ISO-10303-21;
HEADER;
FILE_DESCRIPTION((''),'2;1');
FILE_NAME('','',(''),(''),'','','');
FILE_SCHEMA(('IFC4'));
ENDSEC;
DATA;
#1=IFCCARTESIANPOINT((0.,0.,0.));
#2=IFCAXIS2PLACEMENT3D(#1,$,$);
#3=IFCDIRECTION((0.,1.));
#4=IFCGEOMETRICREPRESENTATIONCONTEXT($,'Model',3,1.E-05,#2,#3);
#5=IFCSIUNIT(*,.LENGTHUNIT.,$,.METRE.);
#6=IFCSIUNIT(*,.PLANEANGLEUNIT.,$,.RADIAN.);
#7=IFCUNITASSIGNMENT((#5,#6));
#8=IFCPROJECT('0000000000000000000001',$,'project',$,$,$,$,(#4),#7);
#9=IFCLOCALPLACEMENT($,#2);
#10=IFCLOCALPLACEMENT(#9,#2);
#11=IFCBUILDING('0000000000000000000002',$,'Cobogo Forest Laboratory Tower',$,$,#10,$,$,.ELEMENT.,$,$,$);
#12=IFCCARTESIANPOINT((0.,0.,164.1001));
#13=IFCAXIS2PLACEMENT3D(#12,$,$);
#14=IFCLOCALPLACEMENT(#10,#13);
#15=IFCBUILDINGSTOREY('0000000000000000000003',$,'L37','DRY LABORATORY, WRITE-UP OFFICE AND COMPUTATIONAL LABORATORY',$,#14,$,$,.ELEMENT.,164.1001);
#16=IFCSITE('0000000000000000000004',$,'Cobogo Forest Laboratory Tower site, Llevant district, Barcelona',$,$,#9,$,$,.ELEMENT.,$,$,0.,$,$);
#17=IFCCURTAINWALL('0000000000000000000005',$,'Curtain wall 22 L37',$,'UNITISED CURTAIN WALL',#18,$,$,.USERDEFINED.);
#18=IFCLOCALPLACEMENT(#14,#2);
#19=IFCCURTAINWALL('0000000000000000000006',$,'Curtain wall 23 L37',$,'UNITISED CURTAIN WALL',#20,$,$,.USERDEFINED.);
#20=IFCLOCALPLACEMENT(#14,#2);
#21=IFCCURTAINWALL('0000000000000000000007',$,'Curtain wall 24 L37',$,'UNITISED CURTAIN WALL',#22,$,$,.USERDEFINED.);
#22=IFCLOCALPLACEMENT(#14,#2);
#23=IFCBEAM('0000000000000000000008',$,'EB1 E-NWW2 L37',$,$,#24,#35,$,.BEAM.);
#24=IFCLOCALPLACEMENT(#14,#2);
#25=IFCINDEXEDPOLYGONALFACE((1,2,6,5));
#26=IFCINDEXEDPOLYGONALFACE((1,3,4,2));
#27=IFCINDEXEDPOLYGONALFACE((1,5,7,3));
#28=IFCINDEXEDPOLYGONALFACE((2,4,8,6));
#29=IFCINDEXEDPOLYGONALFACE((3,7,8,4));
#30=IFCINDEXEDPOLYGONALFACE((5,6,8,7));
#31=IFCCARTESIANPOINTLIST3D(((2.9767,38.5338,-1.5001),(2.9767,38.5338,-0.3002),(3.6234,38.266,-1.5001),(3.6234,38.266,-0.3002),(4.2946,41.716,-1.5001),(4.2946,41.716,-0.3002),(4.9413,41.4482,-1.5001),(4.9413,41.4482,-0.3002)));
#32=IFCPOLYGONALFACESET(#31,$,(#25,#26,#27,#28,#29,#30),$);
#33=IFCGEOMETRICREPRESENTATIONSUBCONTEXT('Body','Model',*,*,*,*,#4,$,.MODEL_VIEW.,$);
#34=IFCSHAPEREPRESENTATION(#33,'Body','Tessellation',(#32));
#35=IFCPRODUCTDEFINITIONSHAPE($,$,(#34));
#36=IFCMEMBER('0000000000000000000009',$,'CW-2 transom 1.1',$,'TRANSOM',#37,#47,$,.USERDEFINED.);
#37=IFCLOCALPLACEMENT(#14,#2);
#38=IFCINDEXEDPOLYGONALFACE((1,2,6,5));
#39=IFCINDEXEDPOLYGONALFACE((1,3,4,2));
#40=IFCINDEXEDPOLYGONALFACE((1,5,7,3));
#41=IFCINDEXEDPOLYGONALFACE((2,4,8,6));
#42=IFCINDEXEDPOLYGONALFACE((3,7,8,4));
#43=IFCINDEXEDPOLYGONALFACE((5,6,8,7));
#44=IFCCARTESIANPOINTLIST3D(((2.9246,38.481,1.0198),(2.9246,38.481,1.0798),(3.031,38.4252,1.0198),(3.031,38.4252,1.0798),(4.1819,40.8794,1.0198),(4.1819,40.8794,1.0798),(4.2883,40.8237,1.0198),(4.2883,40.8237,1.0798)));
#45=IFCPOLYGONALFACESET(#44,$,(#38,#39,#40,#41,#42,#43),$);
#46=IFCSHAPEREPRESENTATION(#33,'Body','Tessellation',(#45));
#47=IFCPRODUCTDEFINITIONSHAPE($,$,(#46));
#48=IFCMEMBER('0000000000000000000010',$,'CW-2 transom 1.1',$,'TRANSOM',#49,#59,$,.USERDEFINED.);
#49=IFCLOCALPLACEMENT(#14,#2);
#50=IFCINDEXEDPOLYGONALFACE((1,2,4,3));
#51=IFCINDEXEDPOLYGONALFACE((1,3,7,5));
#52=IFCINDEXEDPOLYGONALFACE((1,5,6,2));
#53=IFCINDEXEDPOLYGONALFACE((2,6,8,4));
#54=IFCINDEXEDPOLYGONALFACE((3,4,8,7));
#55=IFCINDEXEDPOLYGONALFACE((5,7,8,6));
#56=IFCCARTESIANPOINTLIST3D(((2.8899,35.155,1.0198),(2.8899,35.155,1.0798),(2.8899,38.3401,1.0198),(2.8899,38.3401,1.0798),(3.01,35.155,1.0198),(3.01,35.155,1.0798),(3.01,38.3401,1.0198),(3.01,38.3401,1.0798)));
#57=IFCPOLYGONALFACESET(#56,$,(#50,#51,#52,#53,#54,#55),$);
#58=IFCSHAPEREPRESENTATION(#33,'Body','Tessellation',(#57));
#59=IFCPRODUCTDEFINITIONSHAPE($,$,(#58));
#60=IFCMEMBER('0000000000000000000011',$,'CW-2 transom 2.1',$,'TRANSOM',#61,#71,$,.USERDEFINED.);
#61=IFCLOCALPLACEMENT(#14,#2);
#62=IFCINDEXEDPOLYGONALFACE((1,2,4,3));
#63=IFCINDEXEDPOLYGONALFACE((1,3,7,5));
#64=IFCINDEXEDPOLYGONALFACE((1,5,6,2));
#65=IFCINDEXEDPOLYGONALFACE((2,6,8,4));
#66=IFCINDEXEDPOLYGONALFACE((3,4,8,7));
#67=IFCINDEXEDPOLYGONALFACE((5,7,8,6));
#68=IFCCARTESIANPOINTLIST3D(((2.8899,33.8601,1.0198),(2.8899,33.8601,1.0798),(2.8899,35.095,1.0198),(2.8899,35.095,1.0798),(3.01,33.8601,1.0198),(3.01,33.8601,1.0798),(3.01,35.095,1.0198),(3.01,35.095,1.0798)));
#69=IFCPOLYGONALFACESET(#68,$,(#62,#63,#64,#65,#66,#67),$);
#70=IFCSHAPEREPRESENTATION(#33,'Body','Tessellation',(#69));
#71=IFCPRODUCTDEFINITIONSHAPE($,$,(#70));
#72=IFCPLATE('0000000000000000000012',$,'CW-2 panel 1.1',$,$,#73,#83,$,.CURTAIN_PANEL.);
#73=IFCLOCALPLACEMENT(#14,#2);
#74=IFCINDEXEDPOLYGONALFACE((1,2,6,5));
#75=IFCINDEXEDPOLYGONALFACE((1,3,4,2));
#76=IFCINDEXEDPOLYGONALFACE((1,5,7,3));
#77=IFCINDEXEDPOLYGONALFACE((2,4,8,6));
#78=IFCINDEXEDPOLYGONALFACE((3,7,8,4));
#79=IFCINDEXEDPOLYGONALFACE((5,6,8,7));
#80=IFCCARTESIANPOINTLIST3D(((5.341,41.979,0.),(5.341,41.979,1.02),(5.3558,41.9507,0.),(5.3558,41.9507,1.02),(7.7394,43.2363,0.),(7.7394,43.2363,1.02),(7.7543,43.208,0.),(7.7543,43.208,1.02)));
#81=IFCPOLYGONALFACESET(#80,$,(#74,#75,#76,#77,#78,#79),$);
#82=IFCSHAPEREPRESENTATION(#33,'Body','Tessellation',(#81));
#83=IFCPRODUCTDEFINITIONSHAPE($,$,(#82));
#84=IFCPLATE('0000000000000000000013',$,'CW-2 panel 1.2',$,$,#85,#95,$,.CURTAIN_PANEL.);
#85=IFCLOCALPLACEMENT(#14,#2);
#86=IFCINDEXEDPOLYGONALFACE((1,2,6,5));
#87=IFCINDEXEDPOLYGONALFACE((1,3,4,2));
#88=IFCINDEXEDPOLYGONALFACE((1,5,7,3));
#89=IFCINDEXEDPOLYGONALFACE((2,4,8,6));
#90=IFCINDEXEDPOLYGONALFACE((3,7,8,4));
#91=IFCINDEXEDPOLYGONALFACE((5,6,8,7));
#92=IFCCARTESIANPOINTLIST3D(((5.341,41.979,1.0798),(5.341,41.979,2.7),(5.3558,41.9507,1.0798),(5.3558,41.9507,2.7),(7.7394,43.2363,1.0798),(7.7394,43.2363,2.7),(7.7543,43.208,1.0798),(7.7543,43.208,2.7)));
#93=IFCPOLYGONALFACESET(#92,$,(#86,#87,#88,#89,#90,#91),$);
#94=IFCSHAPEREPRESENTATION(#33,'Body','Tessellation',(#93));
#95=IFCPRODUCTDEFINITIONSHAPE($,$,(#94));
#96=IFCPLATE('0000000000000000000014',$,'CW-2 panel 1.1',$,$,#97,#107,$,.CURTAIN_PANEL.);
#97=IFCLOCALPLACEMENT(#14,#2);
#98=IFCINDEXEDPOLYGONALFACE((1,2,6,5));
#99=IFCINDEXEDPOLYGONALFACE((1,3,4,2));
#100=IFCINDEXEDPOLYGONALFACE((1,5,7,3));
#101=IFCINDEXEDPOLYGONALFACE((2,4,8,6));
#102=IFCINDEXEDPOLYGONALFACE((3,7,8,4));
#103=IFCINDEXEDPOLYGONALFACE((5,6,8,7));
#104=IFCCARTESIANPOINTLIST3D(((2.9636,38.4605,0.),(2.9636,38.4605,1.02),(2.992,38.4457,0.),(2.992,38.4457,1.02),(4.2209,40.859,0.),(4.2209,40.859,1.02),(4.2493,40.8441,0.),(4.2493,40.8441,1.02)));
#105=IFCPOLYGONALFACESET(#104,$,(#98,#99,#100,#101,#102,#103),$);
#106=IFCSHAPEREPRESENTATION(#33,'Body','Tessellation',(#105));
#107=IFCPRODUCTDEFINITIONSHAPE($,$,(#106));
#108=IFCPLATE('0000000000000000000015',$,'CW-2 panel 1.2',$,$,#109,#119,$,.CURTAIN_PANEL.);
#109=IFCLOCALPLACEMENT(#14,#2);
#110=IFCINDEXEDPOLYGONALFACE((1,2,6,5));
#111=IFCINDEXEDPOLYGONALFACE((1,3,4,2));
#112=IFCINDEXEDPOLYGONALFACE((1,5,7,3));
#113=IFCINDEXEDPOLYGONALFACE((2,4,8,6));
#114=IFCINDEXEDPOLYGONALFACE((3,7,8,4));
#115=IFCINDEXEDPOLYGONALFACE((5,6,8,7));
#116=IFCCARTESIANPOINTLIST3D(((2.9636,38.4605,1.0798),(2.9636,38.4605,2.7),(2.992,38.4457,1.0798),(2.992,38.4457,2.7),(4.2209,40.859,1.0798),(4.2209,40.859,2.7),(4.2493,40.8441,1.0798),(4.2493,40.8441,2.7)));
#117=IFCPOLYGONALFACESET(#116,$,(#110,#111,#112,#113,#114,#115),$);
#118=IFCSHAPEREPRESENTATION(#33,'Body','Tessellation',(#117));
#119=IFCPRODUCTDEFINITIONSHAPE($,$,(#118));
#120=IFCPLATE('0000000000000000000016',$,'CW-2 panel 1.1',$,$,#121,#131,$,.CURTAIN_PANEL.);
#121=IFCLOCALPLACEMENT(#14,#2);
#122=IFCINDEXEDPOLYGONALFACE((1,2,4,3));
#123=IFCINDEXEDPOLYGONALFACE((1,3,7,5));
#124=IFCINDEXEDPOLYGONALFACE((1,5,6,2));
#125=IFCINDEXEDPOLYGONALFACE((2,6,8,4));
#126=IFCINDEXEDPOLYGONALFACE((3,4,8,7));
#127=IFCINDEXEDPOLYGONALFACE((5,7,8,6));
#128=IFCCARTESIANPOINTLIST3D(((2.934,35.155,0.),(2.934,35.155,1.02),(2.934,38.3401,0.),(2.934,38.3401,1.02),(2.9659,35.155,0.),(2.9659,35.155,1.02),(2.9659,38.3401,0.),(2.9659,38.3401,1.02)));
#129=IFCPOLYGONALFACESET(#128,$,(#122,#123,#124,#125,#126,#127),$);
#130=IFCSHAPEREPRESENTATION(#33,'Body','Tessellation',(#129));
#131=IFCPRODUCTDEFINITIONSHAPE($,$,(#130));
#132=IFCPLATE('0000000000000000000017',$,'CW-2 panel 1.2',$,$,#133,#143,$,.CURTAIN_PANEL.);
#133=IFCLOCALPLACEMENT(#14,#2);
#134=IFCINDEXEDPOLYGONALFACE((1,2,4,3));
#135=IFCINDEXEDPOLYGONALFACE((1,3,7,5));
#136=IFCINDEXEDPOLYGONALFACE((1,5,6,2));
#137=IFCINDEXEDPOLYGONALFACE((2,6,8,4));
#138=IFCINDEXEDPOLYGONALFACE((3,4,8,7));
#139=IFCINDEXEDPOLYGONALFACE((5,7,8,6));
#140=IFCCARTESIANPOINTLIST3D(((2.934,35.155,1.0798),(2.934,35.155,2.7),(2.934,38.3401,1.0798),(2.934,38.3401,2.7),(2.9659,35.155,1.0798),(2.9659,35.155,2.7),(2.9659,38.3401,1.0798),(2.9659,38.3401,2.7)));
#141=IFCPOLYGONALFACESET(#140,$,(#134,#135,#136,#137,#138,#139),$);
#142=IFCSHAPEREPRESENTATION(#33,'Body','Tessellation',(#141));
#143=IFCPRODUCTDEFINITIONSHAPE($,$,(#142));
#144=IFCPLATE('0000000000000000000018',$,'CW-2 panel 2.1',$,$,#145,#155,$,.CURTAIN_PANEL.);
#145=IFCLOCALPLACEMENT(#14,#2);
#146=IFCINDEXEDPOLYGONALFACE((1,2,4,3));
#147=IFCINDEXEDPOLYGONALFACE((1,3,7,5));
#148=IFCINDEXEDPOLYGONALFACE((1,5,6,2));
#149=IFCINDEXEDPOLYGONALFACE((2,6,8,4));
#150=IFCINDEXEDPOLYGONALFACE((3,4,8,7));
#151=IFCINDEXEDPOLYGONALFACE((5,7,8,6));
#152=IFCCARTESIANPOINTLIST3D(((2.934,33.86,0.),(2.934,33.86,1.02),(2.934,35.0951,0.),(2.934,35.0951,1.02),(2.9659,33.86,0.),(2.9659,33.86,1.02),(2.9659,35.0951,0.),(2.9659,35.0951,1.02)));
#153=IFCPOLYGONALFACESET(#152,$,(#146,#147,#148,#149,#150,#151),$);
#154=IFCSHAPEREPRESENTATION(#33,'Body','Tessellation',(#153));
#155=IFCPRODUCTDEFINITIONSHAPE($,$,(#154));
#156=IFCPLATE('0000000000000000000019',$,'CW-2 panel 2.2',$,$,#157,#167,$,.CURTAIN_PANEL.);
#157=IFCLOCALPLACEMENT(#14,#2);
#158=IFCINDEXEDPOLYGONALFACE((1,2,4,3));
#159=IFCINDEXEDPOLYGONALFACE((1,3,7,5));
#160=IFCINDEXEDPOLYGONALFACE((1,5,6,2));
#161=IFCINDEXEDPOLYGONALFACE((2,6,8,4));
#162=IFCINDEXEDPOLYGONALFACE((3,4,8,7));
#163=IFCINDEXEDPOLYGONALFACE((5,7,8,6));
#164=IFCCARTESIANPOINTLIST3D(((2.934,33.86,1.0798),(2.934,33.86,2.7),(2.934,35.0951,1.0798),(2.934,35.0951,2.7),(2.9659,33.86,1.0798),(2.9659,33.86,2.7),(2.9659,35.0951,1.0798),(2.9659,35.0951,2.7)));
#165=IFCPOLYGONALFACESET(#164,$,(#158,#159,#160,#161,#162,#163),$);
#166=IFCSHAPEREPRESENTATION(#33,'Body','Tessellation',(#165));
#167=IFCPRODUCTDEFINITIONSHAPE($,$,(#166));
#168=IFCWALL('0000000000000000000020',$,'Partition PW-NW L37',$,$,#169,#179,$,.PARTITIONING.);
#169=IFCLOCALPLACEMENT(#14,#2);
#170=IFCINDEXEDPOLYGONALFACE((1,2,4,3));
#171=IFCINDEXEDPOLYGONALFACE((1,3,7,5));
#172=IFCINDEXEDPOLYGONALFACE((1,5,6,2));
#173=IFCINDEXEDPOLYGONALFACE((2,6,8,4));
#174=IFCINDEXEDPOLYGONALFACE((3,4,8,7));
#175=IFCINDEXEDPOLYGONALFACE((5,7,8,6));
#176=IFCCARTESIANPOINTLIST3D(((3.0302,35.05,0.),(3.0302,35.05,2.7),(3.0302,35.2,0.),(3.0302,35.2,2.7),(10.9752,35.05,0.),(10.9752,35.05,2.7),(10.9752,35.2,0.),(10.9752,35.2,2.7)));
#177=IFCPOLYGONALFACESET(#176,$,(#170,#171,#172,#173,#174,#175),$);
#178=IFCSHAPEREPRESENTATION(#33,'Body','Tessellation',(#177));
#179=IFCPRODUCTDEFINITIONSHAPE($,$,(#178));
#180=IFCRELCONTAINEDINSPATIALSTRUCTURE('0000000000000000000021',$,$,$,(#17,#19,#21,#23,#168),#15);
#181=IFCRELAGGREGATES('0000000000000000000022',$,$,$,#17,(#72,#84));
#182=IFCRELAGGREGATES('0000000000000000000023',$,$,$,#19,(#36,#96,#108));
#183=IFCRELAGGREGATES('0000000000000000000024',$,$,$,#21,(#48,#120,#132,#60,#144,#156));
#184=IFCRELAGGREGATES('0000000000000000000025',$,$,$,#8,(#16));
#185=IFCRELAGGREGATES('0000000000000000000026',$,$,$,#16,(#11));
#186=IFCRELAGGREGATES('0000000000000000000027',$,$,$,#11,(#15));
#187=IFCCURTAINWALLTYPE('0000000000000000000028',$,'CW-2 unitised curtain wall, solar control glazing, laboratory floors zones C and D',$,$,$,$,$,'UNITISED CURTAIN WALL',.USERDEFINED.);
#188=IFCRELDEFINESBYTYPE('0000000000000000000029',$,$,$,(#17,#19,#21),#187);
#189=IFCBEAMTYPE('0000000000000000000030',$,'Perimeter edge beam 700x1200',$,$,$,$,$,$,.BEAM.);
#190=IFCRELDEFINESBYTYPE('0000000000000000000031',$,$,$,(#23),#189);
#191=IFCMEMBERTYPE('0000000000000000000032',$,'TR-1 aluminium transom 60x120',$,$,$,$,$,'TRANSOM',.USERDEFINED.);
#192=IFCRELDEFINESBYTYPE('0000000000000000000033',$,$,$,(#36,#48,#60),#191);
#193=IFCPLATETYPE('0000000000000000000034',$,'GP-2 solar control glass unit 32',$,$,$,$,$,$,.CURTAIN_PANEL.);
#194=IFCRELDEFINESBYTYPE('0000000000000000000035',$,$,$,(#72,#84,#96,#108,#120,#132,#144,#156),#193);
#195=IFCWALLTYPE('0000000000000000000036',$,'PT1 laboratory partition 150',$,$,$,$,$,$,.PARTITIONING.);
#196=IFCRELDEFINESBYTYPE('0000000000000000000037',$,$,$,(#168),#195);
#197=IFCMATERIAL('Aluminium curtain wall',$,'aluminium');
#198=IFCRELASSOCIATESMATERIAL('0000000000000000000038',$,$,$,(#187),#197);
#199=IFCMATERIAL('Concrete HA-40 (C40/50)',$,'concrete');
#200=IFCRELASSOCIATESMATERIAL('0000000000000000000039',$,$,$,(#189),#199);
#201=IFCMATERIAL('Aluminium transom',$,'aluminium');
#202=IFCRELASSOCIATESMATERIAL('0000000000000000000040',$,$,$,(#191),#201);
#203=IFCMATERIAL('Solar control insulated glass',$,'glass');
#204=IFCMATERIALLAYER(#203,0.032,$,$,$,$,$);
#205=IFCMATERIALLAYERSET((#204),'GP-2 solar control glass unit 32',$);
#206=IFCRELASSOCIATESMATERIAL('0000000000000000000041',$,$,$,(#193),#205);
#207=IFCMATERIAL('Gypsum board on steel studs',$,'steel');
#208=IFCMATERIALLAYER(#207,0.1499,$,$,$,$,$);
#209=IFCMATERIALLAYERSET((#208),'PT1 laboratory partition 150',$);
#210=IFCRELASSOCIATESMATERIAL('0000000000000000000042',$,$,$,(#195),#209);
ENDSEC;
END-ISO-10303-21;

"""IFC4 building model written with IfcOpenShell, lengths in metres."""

from ifc_helpers import new_model, si_unit, direction, frame, frame_2d, origin, origin_2d, place, context, subcontext, project, spatial, rectangle, extrude, material, layer, layer_set, material_profile, profile_set, type_object, element, aggregate, save


model = new_model("IFC4")

# Units and contexts
model_context = context("Model", 3, precision=1e-05, world=origin(), true_north=direction((0.0, 1.0)))
body_context = subcontext(model_context, "Body", "Model", "MODEL_VIEW")
ifc_project = project(units=[si_unit("LENGTHUNIT", "METRE"), si_unit("PLANEANGLEUNIT", "RADIAN")], contexts=[model_context])

# Site, building, storey
site_placement = place(None, origin())
site = spatial("IfcSite", under=ifc_project, at=site_placement, Name="Cobogo Forest Laboratory Tower site, Llevant district, Barcelona", CompositionType="ELEMENT", RefElevation=0.0)
building_placement = place(site_placement, origin())
building = spatial("IfcBuilding", under=site, at=building_placement, Name="Cobogo Forest Laboratory Tower", CompositionType="ELEMENT")
storey_placement = place(building_placement, frame((0.0, 0.0, 164.1001)))
storey = spatial("IfcBuildingStorey", under=building, at=storey_placement, Name="L37", Description="DRY LABORATORY, WRITE-UP OFFICE AND COMPUTATIONAL LABORATORY", CompositionType="ELEMENT", Elevation=164.1001)

# Shared definitions
ifc_material_1 = material(Name="Concrete HA-40 (C40/50)", Category="concrete")

# Curtain wall
ifc_material_2 = material(Name="Aluminium curtain wall", Category="aluminium")
curtain_wall_type = type_object("IfcCurtainWallType", Name="CW-2 unitised curtain wall, solar control glazing, laboratory floors zones C and D", ElementType="UNITISED CURTAIN WALL", PredefinedType="USERDEFINED", material=ifc_material_2)
curtain_wall_1_placement = place(storey_placement, origin())
curtain_wall_1 = element("IfcCurtainWall", 1, at=curtain_wall_1_placement, inside=storey, type_object=curtain_wall_type, Name="Curtain wall 22 L37", ObjectType="UNITISED CURTAIN WALL", PredefinedType="USERDEFINED")

# Curtain walls
curtain_wall_2_placement = place(storey_placement, origin())
curtain_wall_2 = element("IfcCurtainWall", 2, at=curtain_wall_2_placement, inside=storey, type_object=curtain_wall_type, Name="Curtain wall 23 L37", ObjectType="UNITISED CURTAIN WALL", PredefinedType="USERDEFINED")
curtain_wall_3_placement = place(storey_placement, origin())
curtain_wall_3 = element("IfcCurtainWall", 3, at=curtain_wall_3_placement, inside=storey, type_object=curtain_wall_type, Name="Curtain wall 24 L37", ObjectType="UNITISED CURTAIN WALL", PredefinedType="USERDEFINED")

# Beam
ifc_material_profile_1 = material_profile(ifc_material_1, rectangle(XDim=0.7, YDim=1.2, at=origin_2d()), Name="RC 700x1200")
ifc_profile_set_1 = profile_set([ifc_material_profile_1], Name="Concrete HA-40 (C40/50)")
beam_type_1 = type_object("IfcBeamType", Name="Perimeter edge beam 700x1200", PredefinedType="BEAM", material=ifc_profile_set_1)
beam_1_placement = place(storey_placement, frame((3.3, 38.3999, -0.9001), z_axis=(0.382631, 0.923901, 0.0), x_axis=(-0.923901, 0.382631, 0.0)))
element("IfcBeam", 4, at=beam_1_placement, inside=storey, type_object=beam_type_1, Name="EB1 E-NWW2 L37", PredefinedType="BEAM", context=body_context, shape_type="SweptSolid", body=[
    extrude(rectangle(XDim=0.7, YDim=1.2, at=origin_2d()), origin(), (0.0, 0.0, 1.0), 3.4443),
])

# Members
ifc_material_3 = material(Name="Aluminium transom", Category="aluminium")
ifc_material_profile_2 = material_profile(ifc_material_3, rectangle(XDim=0.1201, YDim=0.0601, at=origin_2d()), Name="AL 60x120")
ifc_profile_set_2 = profile_set([ifc_material_profile_2], Name="Aluminium transom")
member_type_1 = type_object("IfcMemberType", Name="TR-1 aluminium transom 60x120", ElementType="TRANSOM", PredefinedType="USERDEFINED", material=ifc_profile_set_2)
member_1_placement = place(storey_placement, frame((4.2351, 40.8516, 1.0498), z_axis=(-0.464297, -0.88568, 0.0), x_axis=(0.88568, -0.464297, 0.0)))
member_1 = element("IfcMember", 5, at=member_1_placement, type_object=member_type_1, Name="CW-2 transom 1.1", ObjectType="TRANSOM", PredefinedType="USERDEFINED", context=body_context, shape_type="SweptSolid", body=[
    extrude(rectangle(XDim=0.1201, YDim=0.0601, at=origin_2d()), origin(), (0.0, 0.0, 1.0), 2.708),
])
member_2_placement = place(storey_placement, frame((2.95, 38.3401, 1.0498), z_axis=(0.0, -1.0, 0.0), x_axis=(1.0, 0.0, 0.0)))
member_2 = element("IfcMember", 6, at=member_2_placement, type_object=member_type_1, Name="CW-2 transom 1.1", ObjectType="TRANSOM", PredefinedType="USERDEFINED", context=body_context, shape_type="SweptSolid", body=[
    extrude(rectangle(XDim=0.1201, YDim=0.0601, at=origin_2d()), origin(), (0.0, 0.0, 1.0), 3.1851),
])
member_3_placement = place(storey_placement, frame((2.95, 35.095, 1.0498), z_axis=(0.0, -1.0, 0.0), x_axis=(1.0, 0.0, 0.0)))
member_3 = element("IfcMember", 7, at=member_3_placement, type_object=member_type_1, Name="CW-2 transom 2.1", ObjectType="TRANSOM", PredefinedType="USERDEFINED", context=body_context, shape_type="SweptSolid", body=[
    extrude(rectangle(XDim=0.1201, YDim=0.0601, at=origin_2d()), origin(), (0.0, 0.0, 1.0), 1.2349),
])

# Plates
ifc_material_4 = material(Name="Solar control insulated glass", Category="glass")
ifc_layer_1 = layer(ifc_material_4, 0.032)
ifc_layer_set_1 = layer_set([ifc_layer_1], Name="GP-2 solar control glass unit 32")
plate_type = type_object("IfcPlateType", Name="GP-2 solar control glass unit 32", PredefinedType="CURTAIN_PANEL", material=ifc_layer_set_1)
plate_1_placement = place(storey_placement, frame((6.5476, 42.5935, 0.0), z_axis=(0.0, 0.0, 1.0), x_axis=(-0.885686, -0.464284, 0.0)))
plate_1 = element("IfcPlate", 8, at=plate_1_placement, type_object=plate_type, Name="CW-2 panel 1.1", PredefinedType="CURTAIN_PANEL", context=body_context, shape_type="SweptSolid", body=[
    extrude(rectangle(XDim=2.708, YDim=0.032, at=origin_2d()), origin(), (0.0, 0.0, 1.0), 1.02),
])
plate_2_placement = place(storey_placement, frame((6.5476, 42.5935, 1.0798), z_axis=(0.0, 0.0, 1.0), x_axis=(-0.885686, -0.464284, 0.0)))
plate_2 = element("IfcPlate", 9, at=plate_2_placement, type_object=plate_type, Name="CW-2 panel 1.2", PredefinedType="CURTAIN_PANEL", context=body_context, shape_type="SweptSolid", body=[
    extrude(rectangle(XDim=2.708, YDim=0.032, at=origin_2d()), origin(), (0.0, 0.0, 1.0), 1.6201),
])
aggregate(curtain_wall_1, [plate_1, plate_2])
plate_3_placement = place(storey_placement, frame((3.6064, 39.6523, 0.0), z_axis=(0.0, 0.0, 1.0), x_axis=(-0.464284, -0.885686, 0.0)))
plate_3 = element("IfcPlate", 10, at=plate_3_placement, type_object=plate_type, Name="CW-2 panel 1.1", PredefinedType="CURTAIN_PANEL", context=body_context, shape_type="SweptSolid", body=[
    extrude(rectangle(XDim=2.708, YDim=0.032, at=origin_2d()), origin(), (0.0, 0.0, 1.0), 1.02),
])
plate_4_placement = place(storey_placement, frame((3.6064, 39.6523, 1.0798), z_axis=(0.0, 0.0, 1.0), x_axis=(-0.464284, -0.885686, 0.0)))
plate_4 = element("IfcPlate", 11, at=plate_4_placement, type_object=plate_type, Name="CW-2 panel 1.2", PredefinedType="CURTAIN_PANEL", context=body_context, shape_type="SweptSolid", body=[
    extrude(rectangle(XDim=2.708, YDim=0.032, at=origin_2d()), origin(), (0.0, 0.0, 1.0), 1.6201),
])
aggregate(curtain_wall_2, [member_1, plate_3, plate_4])
plate_5_placement = place(storey_placement, frame((2.95, 36.7476, 0.0), z_axis=(0.0, 0.0, 1.0), x_axis=(0.0, -1.0, 0.0)))
plate_5 = element("IfcPlate", 12, at=plate_5_placement, type_object=plate_type, Name="CW-2 panel 1.1", PredefinedType="CURTAIN_PANEL", context=body_context, shape_type="SweptSolid", body=[
    extrude(rectangle(XDim=3.1851, YDim=0.032, at=origin_2d()), origin(), (0.0, 0.0, 1.0), 1.02),
])
plate_6_placement = place(storey_placement, frame((2.95, 36.7476, 1.0798), z_axis=(0.0, 0.0, 1.0), x_axis=(0.0, -1.0, 0.0)))
plate_6 = element("IfcPlate", 13, at=plate_6_placement, type_object=plate_type, Name="CW-2 panel 1.2", PredefinedType="CURTAIN_PANEL", context=body_context, shape_type="SweptSolid", body=[
    extrude(rectangle(XDim=3.1851, YDim=0.032, at=origin_2d()), origin(), (0.0, 0.0, 1.0), 1.6201),
])
plate_7_placement = place(storey_placement, frame((2.95, 34.4775, 0.0), z_axis=(0.0, 0.0, 1.0), x_axis=(0.0, -1.0, 0.0)))
plate_7 = element("IfcPlate", 14, at=plate_7_placement, type_object=plate_type, Name="CW-2 panel 2.1", PredefinedType="CURTAIN_PANEL", context=body_context, shape_type="SweptSolid", body=[
    extrude(rectangle(XDim=1.2351, YDim=0.032, at=origin_2d()), origin(), (0.0, 0.0, 1.0), 1.02),
])
plate_8_placement = place(storey_placement, frame((2.95, 34.4775, 1.0798), z_axis=(0.0, 0.0, 1.0), x_axis=(0.0, -1.0, 0.0)))
plate_8 = element("IfcPlate", 15, at=plate_8_placement, type_object=plate_type, Name="CW-2 panel 2.2", PredefinedType="CURTAIN_PANEL", context=body_context, shape_type="SweptSolid", body=[
    extrude(rectangle(XDim=1.2351, YDim=0.032, at=origin_2d()), origin(), (0.0, 0.0, 1.0), 1.6201),
])
aggregate(curtain_wall_3, [member_2, plate_5, plate_6, member_3, plate_7, plate_8])

# Wall
ifc_material_5 = material(Name="Gypsum board on steel studs", Category="steel")
ifc_layer_2 = layer(ifc_material_5, 0.1499)
ifc_layer_set_2 = layer_set([ifc_layer_2], Name="PT1 laboratory partition 150")
wall_type = type_object("IfcWallType", Name="PT1 laboratory partition 150", PredefinedType="PARTITIONING", material=ifc_layer_set_2)
wall_placement = place(storey_placement, frame((3.03, 35.125, 0.0), z_axis=(0.0, 0.0, 1.0), x_axis=(1.0, 0.0, 0.0)))
element("IfcWall", 16, at=wall_placement, inside=storey, type_object=wall_type, Name="Partition PW-NW L37", PredefinedType="PARTITIONING", context=body_context, shape_type="SweptSolid", body=[
    extrude(rectangle(XDim=7.9451, YDim=0.1499, at=frame_2d((3.9727, 0.0))), origin(), (0.0, 0.0, 1.0), 2.7),
])

save(model, "model.ifc")
